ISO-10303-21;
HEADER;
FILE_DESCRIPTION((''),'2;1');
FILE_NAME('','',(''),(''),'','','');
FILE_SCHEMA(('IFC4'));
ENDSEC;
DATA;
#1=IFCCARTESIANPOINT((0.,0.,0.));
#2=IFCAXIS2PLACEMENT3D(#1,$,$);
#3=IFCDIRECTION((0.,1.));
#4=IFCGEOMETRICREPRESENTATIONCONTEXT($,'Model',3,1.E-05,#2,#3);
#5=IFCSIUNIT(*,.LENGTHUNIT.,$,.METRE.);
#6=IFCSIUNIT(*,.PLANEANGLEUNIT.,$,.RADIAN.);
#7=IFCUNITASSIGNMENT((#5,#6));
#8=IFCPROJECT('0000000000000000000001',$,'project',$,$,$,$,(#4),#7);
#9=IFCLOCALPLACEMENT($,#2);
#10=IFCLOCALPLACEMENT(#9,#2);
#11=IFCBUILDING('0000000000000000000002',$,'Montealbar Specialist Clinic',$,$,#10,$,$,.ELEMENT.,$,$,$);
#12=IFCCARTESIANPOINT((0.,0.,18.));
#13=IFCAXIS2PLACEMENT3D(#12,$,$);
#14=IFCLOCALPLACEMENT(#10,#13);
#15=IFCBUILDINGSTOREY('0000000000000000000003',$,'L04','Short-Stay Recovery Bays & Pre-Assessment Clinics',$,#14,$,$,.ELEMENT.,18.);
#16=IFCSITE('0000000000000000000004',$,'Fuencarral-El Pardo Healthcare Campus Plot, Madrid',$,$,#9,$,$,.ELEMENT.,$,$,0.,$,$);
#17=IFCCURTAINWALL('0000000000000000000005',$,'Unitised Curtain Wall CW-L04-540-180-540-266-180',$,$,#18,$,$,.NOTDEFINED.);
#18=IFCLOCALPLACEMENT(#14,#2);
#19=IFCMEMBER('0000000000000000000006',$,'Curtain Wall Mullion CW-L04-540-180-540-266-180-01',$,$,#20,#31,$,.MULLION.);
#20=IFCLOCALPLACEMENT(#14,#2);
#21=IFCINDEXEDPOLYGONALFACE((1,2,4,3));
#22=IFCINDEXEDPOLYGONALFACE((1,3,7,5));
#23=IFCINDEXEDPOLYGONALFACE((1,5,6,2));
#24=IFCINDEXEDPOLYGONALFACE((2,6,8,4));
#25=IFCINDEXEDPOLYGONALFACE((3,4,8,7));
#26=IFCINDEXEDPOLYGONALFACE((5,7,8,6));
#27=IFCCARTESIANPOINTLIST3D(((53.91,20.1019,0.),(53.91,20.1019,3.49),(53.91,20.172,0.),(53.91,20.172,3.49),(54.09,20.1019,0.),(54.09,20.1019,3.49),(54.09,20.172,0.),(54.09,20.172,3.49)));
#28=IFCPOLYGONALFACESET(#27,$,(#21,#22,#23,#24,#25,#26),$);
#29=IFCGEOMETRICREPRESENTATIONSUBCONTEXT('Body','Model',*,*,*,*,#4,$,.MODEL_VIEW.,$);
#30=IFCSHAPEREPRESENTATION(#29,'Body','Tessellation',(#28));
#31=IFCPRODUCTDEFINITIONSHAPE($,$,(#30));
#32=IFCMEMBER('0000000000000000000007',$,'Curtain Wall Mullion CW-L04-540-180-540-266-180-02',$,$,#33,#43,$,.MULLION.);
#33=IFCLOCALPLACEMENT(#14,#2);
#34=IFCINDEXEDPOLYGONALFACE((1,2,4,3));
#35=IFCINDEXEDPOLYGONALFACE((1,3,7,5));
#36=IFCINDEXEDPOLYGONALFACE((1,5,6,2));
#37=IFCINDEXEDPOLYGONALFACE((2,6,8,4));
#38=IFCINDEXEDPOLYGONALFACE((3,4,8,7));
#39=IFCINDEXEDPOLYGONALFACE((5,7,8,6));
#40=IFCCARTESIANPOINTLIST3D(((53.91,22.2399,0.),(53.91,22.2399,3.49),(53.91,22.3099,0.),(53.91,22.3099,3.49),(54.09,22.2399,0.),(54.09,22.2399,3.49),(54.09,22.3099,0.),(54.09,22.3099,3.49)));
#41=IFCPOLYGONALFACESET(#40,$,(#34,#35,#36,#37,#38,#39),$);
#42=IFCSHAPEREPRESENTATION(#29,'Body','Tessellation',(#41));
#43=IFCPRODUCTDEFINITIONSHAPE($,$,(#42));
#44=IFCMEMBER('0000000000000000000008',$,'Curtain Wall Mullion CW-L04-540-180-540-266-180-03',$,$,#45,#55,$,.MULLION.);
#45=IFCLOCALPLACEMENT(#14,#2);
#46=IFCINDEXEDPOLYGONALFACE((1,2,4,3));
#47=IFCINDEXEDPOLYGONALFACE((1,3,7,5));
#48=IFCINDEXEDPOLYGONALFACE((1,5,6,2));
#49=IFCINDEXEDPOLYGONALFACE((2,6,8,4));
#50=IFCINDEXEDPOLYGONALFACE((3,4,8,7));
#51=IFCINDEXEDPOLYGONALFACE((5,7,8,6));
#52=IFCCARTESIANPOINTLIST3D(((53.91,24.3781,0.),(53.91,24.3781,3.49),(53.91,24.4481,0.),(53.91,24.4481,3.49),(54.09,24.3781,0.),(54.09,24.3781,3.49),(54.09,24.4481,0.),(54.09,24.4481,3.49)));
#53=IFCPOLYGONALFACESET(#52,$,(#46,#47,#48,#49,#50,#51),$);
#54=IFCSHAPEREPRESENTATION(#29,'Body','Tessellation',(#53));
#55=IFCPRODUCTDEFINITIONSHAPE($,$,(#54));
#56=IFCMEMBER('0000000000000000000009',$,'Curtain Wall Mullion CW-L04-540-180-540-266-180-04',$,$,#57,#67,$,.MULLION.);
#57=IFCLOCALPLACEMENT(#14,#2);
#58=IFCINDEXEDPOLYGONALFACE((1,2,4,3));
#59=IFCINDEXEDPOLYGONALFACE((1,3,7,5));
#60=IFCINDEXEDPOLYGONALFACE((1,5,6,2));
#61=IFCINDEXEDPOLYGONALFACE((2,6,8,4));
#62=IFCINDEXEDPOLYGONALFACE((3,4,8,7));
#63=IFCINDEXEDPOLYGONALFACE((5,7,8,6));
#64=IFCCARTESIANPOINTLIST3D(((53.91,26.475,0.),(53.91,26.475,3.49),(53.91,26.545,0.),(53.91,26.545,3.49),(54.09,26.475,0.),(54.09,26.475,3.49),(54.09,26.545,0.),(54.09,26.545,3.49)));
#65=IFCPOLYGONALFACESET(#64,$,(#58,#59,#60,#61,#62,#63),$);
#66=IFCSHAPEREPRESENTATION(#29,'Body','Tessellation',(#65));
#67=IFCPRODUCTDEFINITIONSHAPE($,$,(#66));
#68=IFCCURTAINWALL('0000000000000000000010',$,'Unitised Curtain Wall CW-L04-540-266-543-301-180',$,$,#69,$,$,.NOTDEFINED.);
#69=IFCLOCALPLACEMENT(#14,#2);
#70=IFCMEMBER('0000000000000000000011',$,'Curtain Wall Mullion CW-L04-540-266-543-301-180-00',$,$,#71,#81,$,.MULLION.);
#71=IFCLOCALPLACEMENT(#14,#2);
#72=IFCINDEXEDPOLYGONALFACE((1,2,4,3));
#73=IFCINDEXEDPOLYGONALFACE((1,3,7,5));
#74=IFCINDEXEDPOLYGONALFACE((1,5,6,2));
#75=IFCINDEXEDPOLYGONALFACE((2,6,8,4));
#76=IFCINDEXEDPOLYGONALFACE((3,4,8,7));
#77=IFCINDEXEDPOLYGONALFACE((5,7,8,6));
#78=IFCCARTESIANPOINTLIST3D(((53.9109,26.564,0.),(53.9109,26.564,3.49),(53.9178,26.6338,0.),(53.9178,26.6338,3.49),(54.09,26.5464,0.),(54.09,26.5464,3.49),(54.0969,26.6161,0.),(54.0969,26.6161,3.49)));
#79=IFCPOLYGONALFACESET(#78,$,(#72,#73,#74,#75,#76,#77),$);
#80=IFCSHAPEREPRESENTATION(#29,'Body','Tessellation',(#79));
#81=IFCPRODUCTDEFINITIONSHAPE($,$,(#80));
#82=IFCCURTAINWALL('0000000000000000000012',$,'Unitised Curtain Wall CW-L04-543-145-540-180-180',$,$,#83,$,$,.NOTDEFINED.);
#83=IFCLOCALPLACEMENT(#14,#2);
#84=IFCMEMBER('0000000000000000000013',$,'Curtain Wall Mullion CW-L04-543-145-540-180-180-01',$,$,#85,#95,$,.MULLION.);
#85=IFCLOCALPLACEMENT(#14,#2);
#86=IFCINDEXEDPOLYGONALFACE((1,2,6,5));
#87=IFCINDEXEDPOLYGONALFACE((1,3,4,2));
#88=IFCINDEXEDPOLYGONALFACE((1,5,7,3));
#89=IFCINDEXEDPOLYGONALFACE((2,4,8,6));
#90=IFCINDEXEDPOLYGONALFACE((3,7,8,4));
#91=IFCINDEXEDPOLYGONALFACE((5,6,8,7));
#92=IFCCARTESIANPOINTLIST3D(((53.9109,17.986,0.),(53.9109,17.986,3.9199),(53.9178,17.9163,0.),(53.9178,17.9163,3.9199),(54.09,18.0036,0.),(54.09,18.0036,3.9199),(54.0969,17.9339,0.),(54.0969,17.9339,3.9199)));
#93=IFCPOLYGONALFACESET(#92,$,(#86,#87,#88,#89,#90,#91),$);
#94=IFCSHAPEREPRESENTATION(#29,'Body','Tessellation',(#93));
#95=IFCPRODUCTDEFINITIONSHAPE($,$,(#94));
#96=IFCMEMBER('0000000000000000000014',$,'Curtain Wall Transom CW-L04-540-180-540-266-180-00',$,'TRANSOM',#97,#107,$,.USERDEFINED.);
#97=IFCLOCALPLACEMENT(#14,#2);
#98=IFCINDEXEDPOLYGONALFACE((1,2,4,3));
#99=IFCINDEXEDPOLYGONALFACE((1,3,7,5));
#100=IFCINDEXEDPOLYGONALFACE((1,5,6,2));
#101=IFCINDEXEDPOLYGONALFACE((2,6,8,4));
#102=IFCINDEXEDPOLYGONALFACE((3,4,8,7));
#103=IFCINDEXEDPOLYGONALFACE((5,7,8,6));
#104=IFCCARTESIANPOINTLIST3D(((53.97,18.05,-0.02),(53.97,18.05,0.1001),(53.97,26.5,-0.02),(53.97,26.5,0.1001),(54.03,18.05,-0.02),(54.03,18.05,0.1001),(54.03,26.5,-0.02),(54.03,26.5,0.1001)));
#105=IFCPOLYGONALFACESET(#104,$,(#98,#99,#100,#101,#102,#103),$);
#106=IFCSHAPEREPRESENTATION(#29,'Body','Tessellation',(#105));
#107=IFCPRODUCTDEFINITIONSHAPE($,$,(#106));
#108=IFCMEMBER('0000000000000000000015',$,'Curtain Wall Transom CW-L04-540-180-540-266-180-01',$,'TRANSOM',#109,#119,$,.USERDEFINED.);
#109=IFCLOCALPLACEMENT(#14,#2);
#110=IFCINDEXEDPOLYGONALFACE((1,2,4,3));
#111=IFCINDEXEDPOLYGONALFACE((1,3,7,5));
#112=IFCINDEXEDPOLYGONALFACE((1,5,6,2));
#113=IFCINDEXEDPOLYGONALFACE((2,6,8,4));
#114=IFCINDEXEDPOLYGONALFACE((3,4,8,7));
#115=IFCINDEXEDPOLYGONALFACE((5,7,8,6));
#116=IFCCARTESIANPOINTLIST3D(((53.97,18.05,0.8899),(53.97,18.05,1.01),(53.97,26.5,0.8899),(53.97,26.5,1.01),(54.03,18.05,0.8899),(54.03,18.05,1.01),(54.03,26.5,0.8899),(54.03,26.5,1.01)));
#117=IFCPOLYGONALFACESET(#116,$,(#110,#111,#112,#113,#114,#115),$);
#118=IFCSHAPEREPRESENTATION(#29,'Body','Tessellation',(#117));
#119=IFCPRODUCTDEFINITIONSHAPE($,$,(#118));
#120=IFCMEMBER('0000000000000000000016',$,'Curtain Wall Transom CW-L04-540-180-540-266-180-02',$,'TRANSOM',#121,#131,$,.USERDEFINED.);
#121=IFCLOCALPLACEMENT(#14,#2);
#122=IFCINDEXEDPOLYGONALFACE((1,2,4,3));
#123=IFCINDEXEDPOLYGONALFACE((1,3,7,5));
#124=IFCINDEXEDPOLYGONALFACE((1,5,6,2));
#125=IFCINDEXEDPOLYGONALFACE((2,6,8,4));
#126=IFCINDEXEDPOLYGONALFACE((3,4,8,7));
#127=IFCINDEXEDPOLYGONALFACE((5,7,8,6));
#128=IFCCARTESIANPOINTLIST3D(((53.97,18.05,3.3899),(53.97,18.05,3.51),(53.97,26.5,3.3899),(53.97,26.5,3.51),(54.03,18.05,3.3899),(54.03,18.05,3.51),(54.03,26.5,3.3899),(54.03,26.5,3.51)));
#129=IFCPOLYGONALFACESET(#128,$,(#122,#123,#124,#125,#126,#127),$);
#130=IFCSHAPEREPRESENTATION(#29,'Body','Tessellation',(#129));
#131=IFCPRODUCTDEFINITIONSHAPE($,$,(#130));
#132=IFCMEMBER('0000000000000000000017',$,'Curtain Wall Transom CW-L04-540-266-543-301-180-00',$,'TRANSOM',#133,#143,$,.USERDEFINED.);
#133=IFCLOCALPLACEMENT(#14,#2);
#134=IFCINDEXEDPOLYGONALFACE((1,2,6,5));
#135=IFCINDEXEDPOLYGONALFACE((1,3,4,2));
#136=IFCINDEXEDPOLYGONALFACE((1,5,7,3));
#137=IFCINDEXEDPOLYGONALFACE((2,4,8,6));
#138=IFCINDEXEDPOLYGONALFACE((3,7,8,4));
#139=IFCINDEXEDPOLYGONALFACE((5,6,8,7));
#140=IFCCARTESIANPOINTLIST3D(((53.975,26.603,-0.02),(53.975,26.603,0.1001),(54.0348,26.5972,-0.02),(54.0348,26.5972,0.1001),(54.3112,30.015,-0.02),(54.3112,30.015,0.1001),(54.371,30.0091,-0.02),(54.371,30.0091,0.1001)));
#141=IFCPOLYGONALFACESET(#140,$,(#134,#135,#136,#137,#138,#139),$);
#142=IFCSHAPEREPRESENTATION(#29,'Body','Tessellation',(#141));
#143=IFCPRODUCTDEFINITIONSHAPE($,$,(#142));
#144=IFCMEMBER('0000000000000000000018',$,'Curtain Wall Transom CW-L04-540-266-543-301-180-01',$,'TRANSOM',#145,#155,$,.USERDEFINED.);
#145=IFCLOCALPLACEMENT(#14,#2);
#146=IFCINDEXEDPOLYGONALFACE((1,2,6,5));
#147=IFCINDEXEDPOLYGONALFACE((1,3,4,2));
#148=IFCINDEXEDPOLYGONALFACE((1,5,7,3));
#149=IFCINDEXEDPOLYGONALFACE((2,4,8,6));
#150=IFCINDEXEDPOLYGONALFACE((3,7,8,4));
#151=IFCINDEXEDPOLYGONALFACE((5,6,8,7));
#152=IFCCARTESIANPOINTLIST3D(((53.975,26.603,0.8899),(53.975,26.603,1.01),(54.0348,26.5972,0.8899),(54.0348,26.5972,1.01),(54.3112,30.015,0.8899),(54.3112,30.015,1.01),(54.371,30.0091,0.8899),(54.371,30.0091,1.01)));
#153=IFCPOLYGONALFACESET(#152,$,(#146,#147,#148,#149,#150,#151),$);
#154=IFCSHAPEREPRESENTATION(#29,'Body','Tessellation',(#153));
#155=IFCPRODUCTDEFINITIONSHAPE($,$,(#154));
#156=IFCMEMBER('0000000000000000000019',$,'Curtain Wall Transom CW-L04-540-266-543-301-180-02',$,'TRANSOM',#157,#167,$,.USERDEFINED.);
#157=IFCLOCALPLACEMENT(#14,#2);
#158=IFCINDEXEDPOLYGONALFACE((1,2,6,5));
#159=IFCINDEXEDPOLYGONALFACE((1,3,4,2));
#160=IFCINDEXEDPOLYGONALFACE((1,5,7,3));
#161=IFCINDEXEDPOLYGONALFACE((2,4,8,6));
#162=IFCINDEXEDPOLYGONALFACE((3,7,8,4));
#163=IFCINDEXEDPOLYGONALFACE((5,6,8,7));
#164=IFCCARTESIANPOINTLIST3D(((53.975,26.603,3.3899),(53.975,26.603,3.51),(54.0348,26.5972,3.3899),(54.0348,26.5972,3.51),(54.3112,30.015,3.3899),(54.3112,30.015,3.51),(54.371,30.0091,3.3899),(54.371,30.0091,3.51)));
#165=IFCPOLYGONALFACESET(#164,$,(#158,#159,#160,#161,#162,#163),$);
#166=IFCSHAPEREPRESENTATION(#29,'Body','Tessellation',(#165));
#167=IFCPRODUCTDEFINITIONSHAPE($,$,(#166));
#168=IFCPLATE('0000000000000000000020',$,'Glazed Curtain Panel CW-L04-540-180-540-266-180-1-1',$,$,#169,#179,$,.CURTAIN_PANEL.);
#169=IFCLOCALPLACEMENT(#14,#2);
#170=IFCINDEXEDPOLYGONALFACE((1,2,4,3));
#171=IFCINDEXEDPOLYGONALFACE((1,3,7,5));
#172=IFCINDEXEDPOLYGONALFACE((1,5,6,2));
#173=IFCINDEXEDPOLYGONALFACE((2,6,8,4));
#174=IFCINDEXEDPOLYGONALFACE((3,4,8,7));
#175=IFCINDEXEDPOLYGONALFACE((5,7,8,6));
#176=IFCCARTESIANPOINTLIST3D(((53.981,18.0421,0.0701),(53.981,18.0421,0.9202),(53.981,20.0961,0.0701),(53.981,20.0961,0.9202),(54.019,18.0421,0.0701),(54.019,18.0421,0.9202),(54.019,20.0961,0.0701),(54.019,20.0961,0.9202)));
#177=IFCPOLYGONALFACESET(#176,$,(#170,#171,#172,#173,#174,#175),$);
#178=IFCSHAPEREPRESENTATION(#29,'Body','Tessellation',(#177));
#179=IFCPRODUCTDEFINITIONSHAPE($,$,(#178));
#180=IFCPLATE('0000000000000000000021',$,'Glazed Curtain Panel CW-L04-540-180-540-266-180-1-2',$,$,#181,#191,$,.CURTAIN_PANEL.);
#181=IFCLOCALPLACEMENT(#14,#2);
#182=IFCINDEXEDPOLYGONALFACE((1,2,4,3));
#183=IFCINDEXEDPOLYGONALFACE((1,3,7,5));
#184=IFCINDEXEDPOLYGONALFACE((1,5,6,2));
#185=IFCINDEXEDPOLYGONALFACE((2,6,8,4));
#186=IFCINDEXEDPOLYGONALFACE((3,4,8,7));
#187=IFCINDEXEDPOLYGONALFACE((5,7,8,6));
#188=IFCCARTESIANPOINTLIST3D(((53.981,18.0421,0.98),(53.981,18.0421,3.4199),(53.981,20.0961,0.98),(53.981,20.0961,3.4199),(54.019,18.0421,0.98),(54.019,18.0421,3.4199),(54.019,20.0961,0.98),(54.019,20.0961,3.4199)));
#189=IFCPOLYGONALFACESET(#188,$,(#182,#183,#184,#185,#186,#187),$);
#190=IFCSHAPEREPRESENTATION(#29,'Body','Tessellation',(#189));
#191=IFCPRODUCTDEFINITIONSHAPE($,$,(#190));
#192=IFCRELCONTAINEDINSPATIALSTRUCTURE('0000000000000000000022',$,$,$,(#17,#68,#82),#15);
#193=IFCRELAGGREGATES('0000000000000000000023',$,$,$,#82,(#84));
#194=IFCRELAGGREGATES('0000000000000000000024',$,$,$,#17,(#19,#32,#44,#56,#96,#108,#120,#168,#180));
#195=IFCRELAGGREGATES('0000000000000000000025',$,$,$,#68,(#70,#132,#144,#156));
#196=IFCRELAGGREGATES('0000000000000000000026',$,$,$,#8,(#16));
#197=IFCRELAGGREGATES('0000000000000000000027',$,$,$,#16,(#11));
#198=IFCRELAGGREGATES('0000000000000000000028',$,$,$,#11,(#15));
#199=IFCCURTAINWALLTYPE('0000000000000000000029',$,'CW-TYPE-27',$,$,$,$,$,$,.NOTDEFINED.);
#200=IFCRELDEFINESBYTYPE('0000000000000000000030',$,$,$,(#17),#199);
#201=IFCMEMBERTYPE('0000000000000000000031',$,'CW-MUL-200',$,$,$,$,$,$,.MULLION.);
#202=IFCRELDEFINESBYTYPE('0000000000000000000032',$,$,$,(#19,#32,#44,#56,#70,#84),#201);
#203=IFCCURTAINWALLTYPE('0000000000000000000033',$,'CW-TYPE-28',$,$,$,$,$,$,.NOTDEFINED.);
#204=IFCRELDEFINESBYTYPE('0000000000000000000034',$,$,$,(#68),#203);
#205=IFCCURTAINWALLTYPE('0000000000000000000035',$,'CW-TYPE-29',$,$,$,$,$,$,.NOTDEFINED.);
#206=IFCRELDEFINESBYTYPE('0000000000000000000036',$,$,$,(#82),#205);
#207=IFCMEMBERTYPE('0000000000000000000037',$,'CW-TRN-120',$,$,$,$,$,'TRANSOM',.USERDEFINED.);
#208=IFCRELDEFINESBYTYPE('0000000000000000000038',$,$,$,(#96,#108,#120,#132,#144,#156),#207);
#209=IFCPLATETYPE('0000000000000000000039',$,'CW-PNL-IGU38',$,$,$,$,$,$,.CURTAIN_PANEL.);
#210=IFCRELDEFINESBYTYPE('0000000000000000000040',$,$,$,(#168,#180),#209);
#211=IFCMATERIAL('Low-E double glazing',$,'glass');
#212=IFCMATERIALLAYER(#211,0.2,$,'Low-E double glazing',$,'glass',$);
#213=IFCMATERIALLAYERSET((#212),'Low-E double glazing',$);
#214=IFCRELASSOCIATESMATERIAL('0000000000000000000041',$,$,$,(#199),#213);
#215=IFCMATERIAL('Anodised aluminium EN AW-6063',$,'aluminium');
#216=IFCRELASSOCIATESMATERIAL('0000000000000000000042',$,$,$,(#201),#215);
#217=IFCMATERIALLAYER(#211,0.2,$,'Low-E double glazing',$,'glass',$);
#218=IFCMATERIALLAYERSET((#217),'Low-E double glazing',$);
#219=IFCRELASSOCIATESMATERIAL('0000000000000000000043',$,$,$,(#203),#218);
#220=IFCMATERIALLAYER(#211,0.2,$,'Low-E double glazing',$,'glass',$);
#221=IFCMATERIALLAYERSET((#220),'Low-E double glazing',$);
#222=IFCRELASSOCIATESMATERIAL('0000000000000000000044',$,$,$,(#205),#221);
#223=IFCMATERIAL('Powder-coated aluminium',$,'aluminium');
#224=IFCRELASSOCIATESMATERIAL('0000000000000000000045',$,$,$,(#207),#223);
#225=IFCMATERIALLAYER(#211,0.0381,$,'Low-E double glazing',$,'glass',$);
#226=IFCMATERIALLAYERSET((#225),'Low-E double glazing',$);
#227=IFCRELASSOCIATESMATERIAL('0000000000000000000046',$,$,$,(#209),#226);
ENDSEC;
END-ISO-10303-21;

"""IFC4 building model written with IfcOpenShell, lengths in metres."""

from ifc_helpers import new_model, si_unit, direction, frame, origin, origin_2d, place, context, subcontext, project, spatial, rectangle, extrude, material, layer, layer_set, material_profile, profile_set, type_object, element, aggregate, save


model = new_model("IFC4")

# Units and contexts
model_context = context("Model", 3, precision=1e-05, world=origin(), true_north=direction((0.0, 1.0)))
body_context = subcontext(model_context, "Body", "Model", "MODEL_VIEW")
ifc_project = project(units=[si_unit("LENGTHUNIT", "METRE"), si_unit("PLANEANGLEUNIT", "RADIAN")], contexts=[model_context])

# Site, building, storey
site_placement = place(None, origin())
site = spatial("IfcSite", under=ifc_project, at=site_placement, Name="Fuencarral-El Pardo Healthcare Campus Plot, Madrid", CompositionType="ELEMENT", RefElevation=0.0)
building_placement = place(site_placement, origin())
building = spatial("IfcBuilding", under=site, at=building_placement, Name="Montealbar Specialist Clinic", CompositionType="ELEMENT")
storey_placement = place(building_placement, frame((0.0, 0.0, 18.0)))
storey = spatial("IfcBuildingStorey", under=building, at=storey_placement, Name="L04", Description="Short-Stay Recovery Bays & Pre-Assessment Clinics", CompositionType="ELEMENT", Elevation=18.0)

# Curtain wall, members
ifc_material_1 = material(Name="Low-E double glazing", Category="glass")
ifc_layer_1 = layer(ifc_material_1, 0.2, Name="Low-E double glazing", Category="glass")
ifc_layer_set_1 = layer_set([ifc_layer_1], Name="Low-E double glazing")
curtain_wall_type_1 = type_object("IfcCurtainWallType", Name="CW-TYPE-27", PredefinedType="NOTDEFINED", material=ifc_layer_set_1)
curtain_wall_1_placement = place(storey_placement, origin())
curtain_wall_1 = element("IfcCurtainWall", 1, at=curtain_wall_1_placement, inside=storey, type_object=curtain_wall_type_1, Name="Unitised Curtain Wall CW-L04-540-180-540-266-180", PredefinedType="NOTDEFINED")
ifc_material_2 = material(Name="Anodised aluminium EN AW-6063", Category="aluminium")
ifc_material_profile_1 = material_profile(ifc_material_2, rectangle(XDim=0.0701, YDim=0.1799, at=origin_2d()), Name="ALU 70x180", Category="aluminium")
ifc_profile_set_1 = profile_set([ifc_material_profile_1], Name="Anodised aluminium EN AW-6063")
member_type_1 = type_object("IfcMemberType", Name="CW-MUL-200", PredefinedType="MULLION", material=ifc_profile_set_1)
member_1_placement = place(storey_placement, frame((54.0, 20.137, 0.0), z_axis=(0.0, 0.0, 1.0), x_axis=(0.0, 1.0, 0.0)))
member_1 = element("IfcMember", 2, at=member_1_placement, type_object=member_type_1, Name="Curtain Wall Mullion CW-L04-540-180-540-266-180-01", PredefinedType="MULLION", context=body_context, shape_type="SweptSolid", body=[
    extrude(rectangle(XDim=0.0701, YDim=0.1799, at=origin_2d()), origin(), (0.0, 0.0, 1.0), 3.49),
])
member_2_placement = place(storey_placement, frame((54.0, 22.2749, 0.0), z_axis=(0.0, 0.0, 1.0), x_axis=(0.0, 1.0, 0.0)))
member_2 = element("IfcMember", 3, at=member_2_placement, type_object=member_type_1, Name="Curtain Wall Mullion CW-L04-540-180-540-266-180-02", PredefinedType="MULLION", context=body_context, shape_type="SweptSolid", body=[
    extrude(rectangle(XDim=0.0701, YDim=0.1799, at=origin_2d()), origin(), (0.0, 0.0, 1.0), 3.49),
])
member_3_placement = place(storey_placement, frame((54.0, 24.4131, 0.0), z_axis=(0.0, 0.0, 1.0), x_axis=(0.0, 1.0, 0.0)))
member_3 = element("IfcMember", 4, at=member_3_placement, type_object=member_type_1, Name="Curtain Wall Mullion CW-L04-540-180-540-266-180-03", PredefinedType="MULLION", context=body_context, shape_type="SweptSolid", body=[
    extrude(rectangle(XDim=0.0701, YDim=0.1799, at=origin_2d()), origin(), (0.0, 0.0, 1.0), 3.49),
])
member_4_placement = place(storey_placement, frame((54.0, 26.51, 0.0), z_axis=(0.0, 0.0, 1.0), x_axis=(0.0, 1.0, 0.0)))
member_4 = element("IfcMember", 5, at=member_4_placement, type_object=member_type_1, Name="Curtain Wall Mullion CW-L04-540-180-540-266-180-04", PredefinedType="MULLION", context=body_context, shape_type="SweptSolid", body=[
    extrude(rectangle(XDim=0.0701, YDim=0.1799, at=origin_2d()), origin(), (0.0, 0.0, 1.0), 3.49),
])

# Curtain walls, members
ifc_layer_2 = layer(ifc_material_1, 0.2, Name="Low-E double glazing", Category="glass")
ifc_layer_set_2 = layer_set([ifc_layer_2], Name="Low-E double glazing")
curtain_wall_type_2 = type_object("IfcCurtainWallType", Name="CW-TYPE-28", PredefinedType="NOTDEFINED", material=ifc_layer_set_2)
curtain_wall_2_placement = place(storey_placement, origin())
curtain_wall_2 = element("IfcCurtainWall", 6, at=curtain_wall_2_placement, inside=storey, type_object=curtain_wall_type_2, Name="Unitised Curtain Wall CW-L04-540-266-543-301-180", PredefinedType="NOTDEFINED")
member_5_placement = place(storey_placement, frame((54.0039, 26.5901, 0.0), z_axis=(0.0, 0.0, 1.0), x_axis=(0.098045, 0.995182, 0.0)))
member_5 = element("IfcMember", 7, at=member_5_placement, type_object=member_type_1, Name="Curtain Wall Mullion CW-L04-540-266-543-301-180-00", PredefinedType="MULLION", context=body_context, shape_type="SweptSolid", body=[
    extrude(rectangle(XDim=0.0701, YDim=0.1799, at=origin_2d()), origin(), (0.0, 0.0, 1.0), 3.49),
])
ifc_layer_3 = layer(ifc_material_1, 0.2, Name="Low-E double glazing", Category="glass")
ifc_layer_set_3 = layer_set([ifc_layer_3], Name="Low-E double glazing")
curtain_wall_type_3 = type_object("IfcCurtainWallType", Name="CW-TYPE-29", PredefinedType="NOTDEFINED", material=ifc_layer_set_3)
curtain_wall_3_placement = place(storey_placement, origin())
curtain_wall_3 = element("IfcCurtainWall", 8, at=curtain_wall_3_placement, inside=storey, type_object=curtain_wall_type_3, Name="Unitised Curtain Wall CW-L04-543-145-540-180-180", PredefinedType="NOTDEFINED")
member_6_placement = place(storey_placement, frame((54.0039, 17.96, 0.0), z_axis=(0.0, 0.0, 1.0), x_axis=(-0.098045, 0.995182, 0.0)))
member_6 = element("IfcMember", 9, at=member_6_placement, type_object=member_type_1, Name="Curtain Wall Mullion CW-L04-543-145-540-180-180-01", PredefinedType="MULLION", context=body_context, shape_type="SweptSolid", body=[
    extrude(rectangle(XDim=0.0701, YDim=0.1799, at=origin_2d()), origin(), (0.0, 0.0, 1.0), 3.9199),
])
aggregate(curtain_wall_3, [member_6])

# Members
ifc_material_3 = material(Name="Powder-coated aluminium", Category="aluminium")
ifc_material_profile_2 = material_profile(ifc_material_3, rectangle(XDim=0.0601, YDim=0.1201, at=origin_2d()), Name="ALU 60x120", Category="aluminium")
ifc_profile_set_2 = profile_set([ifc_material_profile_2], Name="Powder-coated aluminium")
member_type_2 = type_object("IfcMemberType", Name="CW-TRN-120", ElementType="TRANSOM", PredefinedType="USERDEFINED", material=ifc_profile_set_2)
member_7_placement = place(storey_placement, frame((54.0, 18.05, 0.04), z_axis=(0.0, 1.0, 0.0), x_axis=(-1.0, 0.0, 0.0)))
member_7 = element("IfcMember", 10, at=member_7_placement, type_object=member_type_2, Name="Curtain Wall Transom CW-L04-540-180-540-266-180-00", ObjectType="TRANSOM", PredefinedType="USERDEFINED", context=body_context, shape_type="SweptSolid", body=[
    extrude(rectangle(XDim=0.0601, YDim=0.1201, at=origin_2d()), origin(), (0.0, 0.0, 1.0), 8.45),
])
member_8_placement = place(storey_placement, frame((54.0, 18.05, 0.95), z_axis=(0.0, 1.0, 0.0), x_axis=(-1.0, 0.0, 0.0)))
member_8 = element("IfcMember", 11, at=member_8_placement, type_object=member_type_2, Name="Curtain Wall Transom CW-L04-540-180-540-266-180-01", ObjectType="TRANSOM", PredefinedType="USERDEFINED", context=body_context, shape_type="SweptSolid", body=[
    extrude(rectangle(XDim=0.0601, YDim=0.1201, at=origin_2d()), origin(), (0.0, 0.0, 1.0), 8.45),
])
member_9_placement = place(storey_placement, frame((54.0, 18.05, 3.45), z_axis=(0.0, 1.0, 0.0), x_axis=(-1.0, 0.0, 0.0)))
member_9 = element("IfcMember", 12, at=member_9_placement, type_object=member_type_2, Name="Curtain Wall Transom CW-L04-540-180-540-266-180-02", ObjectType="TRANSOM", PredefinedType="USERDEFINED", context=body_context, shape_type="SweptSolid", body=[
    extrude(rectangle(XDim=0.0601, YDim=0.1201, at=origin_2d()), origin(), (0.0, 0.0, 1.0), 8.45),
])
member_10_placement = place(storey_placement, frame((54.0049, 26.6001, 0.04), z_axis=(0.098058, 0.995181, 0.0), x_axis=(-0.995181, 0.098058, 0.0)))
member_10 = element("IfcMember", 13, at=member_10_placement, type_object=member_type_2, Name="Curtain Wall Transom CW-L04-540-266-543-301-180-00", ObjectType="TRANSOM", PredefinedType="USERDEFINED", context=body_context, shape_type="SweptSolid", body=[
    extrude(rectangle(XDim=0.0601, YDim=0.1201, at=origin_2d()), origin(), (0.0, 0.0, 1.0), 3.4285),
])
member_11_placement = place(storey_placement, frame((54.0049, 26.6001, 0.95), z_axis=(0.098058, 0.995181, 0.0), x_axis=(-0.995181, 0.098058, 0.0)))
member_11 = element("IfcMember", 14, at=member_11_placement, type_object=member_type_2, Name="Curtain Wall Transom CW-L04-540-266-543-301-180-01", ObjectType="TRANSOM", PredefinedType="USERDEFINED", context=body_context, shape_type="SweptSolid", body=[
    extrude(rectangle(XDim=0.0601, YDim=0.1201, at=origin_2d()), origin(), (0.0, 0.0, 1.0), 3.4285),
])
member_12_placement = place(storey_placement, frame((54.0049, 26.6001, 3.45), z_axis=(0.098058, 0.995181, 0.0), x_axis=(-0.995181, 0.098058, 0.0)))
member_12 = element("IfcMember", 15, at=member_12_placement, type_object=member_type_2, Name="Curtain Wall Transom CW-L04-540-266-543-301-180-02", ObjectType="TRANSOM", PredefinedType="USERDEFINED", context=body_context, shape_type="SweptSolid", body=[
    extrude(rectangle(XDim=0.0601, YDim=0.1201, at=origin_2d()), origin(), (0.0, 0.0, 1.0), 3.4285),
])

# Plates
ifc_layer_4 = layer(ifc_material_1, 0.0381, Name="Low-E double glazing", Category="glass")
ifc_layer_set_4 = layer_set([ifc_layer_4], Name="Low-E double glazing")
plate_type = type_object("IfcPlateType", Name="CW-PNL-IGU38", PredefinedType="CURTAIN_PANEL", material=ifc_layer_set_4)
plate_1_placement = place(storey_placement, frame((54.0, 19.0691, 0.0701), z_axis=(0.0, 0.0, 1.0), x_axis=(0.0, 1.0, 0.0)))
plate_1 = element("IfcPlate", 16, at=plate_1_placement, type_object=plate_type, Name="Glazed Curtain Panel CW-L04-540-180-540-266-180-1-1", PredefinedType="CURTAIN_PANEL", context=body_context, shape_type="SweptSolid", body=[
    extrude(rectangle(XDim=2.054, YDim=0.0381, at=origin_2d()), origin(), (0.0, 0.0, 1.0), 0.8501),
])
plate_2_placement = place(storey_placement, frame((54.0, 19.0691, 0.98), z_axis=(0.0, 0.0, 1.0), x_axis=(0.0, 1.0, 0.0)))
plate_2 = element("IfcPlate", 17, at=plate_2_placement, type_object=plate_type, Name="Glazed Curtain Panel CW-L04-540-180-540-266-180-1-2", PredefinedType="CURTAIN_PANEL", context=body_context, shape_type="SweptSolid", body=[
    extrude(rectangle(XDim=2.054, YDim=0.0381, at=origin_2d()), origin(), (0.0, 0.0, 1.0), 2.4399),
])
aggregate(curtain_wall_1, [member_1, member_2, member_3, member_4, member_7, member_8, member_9, plate_1, plate_2])
aggregate(curtain_wall_2, [member_5, member_10, member_11, member_12])

save(model, "model.ifc")
